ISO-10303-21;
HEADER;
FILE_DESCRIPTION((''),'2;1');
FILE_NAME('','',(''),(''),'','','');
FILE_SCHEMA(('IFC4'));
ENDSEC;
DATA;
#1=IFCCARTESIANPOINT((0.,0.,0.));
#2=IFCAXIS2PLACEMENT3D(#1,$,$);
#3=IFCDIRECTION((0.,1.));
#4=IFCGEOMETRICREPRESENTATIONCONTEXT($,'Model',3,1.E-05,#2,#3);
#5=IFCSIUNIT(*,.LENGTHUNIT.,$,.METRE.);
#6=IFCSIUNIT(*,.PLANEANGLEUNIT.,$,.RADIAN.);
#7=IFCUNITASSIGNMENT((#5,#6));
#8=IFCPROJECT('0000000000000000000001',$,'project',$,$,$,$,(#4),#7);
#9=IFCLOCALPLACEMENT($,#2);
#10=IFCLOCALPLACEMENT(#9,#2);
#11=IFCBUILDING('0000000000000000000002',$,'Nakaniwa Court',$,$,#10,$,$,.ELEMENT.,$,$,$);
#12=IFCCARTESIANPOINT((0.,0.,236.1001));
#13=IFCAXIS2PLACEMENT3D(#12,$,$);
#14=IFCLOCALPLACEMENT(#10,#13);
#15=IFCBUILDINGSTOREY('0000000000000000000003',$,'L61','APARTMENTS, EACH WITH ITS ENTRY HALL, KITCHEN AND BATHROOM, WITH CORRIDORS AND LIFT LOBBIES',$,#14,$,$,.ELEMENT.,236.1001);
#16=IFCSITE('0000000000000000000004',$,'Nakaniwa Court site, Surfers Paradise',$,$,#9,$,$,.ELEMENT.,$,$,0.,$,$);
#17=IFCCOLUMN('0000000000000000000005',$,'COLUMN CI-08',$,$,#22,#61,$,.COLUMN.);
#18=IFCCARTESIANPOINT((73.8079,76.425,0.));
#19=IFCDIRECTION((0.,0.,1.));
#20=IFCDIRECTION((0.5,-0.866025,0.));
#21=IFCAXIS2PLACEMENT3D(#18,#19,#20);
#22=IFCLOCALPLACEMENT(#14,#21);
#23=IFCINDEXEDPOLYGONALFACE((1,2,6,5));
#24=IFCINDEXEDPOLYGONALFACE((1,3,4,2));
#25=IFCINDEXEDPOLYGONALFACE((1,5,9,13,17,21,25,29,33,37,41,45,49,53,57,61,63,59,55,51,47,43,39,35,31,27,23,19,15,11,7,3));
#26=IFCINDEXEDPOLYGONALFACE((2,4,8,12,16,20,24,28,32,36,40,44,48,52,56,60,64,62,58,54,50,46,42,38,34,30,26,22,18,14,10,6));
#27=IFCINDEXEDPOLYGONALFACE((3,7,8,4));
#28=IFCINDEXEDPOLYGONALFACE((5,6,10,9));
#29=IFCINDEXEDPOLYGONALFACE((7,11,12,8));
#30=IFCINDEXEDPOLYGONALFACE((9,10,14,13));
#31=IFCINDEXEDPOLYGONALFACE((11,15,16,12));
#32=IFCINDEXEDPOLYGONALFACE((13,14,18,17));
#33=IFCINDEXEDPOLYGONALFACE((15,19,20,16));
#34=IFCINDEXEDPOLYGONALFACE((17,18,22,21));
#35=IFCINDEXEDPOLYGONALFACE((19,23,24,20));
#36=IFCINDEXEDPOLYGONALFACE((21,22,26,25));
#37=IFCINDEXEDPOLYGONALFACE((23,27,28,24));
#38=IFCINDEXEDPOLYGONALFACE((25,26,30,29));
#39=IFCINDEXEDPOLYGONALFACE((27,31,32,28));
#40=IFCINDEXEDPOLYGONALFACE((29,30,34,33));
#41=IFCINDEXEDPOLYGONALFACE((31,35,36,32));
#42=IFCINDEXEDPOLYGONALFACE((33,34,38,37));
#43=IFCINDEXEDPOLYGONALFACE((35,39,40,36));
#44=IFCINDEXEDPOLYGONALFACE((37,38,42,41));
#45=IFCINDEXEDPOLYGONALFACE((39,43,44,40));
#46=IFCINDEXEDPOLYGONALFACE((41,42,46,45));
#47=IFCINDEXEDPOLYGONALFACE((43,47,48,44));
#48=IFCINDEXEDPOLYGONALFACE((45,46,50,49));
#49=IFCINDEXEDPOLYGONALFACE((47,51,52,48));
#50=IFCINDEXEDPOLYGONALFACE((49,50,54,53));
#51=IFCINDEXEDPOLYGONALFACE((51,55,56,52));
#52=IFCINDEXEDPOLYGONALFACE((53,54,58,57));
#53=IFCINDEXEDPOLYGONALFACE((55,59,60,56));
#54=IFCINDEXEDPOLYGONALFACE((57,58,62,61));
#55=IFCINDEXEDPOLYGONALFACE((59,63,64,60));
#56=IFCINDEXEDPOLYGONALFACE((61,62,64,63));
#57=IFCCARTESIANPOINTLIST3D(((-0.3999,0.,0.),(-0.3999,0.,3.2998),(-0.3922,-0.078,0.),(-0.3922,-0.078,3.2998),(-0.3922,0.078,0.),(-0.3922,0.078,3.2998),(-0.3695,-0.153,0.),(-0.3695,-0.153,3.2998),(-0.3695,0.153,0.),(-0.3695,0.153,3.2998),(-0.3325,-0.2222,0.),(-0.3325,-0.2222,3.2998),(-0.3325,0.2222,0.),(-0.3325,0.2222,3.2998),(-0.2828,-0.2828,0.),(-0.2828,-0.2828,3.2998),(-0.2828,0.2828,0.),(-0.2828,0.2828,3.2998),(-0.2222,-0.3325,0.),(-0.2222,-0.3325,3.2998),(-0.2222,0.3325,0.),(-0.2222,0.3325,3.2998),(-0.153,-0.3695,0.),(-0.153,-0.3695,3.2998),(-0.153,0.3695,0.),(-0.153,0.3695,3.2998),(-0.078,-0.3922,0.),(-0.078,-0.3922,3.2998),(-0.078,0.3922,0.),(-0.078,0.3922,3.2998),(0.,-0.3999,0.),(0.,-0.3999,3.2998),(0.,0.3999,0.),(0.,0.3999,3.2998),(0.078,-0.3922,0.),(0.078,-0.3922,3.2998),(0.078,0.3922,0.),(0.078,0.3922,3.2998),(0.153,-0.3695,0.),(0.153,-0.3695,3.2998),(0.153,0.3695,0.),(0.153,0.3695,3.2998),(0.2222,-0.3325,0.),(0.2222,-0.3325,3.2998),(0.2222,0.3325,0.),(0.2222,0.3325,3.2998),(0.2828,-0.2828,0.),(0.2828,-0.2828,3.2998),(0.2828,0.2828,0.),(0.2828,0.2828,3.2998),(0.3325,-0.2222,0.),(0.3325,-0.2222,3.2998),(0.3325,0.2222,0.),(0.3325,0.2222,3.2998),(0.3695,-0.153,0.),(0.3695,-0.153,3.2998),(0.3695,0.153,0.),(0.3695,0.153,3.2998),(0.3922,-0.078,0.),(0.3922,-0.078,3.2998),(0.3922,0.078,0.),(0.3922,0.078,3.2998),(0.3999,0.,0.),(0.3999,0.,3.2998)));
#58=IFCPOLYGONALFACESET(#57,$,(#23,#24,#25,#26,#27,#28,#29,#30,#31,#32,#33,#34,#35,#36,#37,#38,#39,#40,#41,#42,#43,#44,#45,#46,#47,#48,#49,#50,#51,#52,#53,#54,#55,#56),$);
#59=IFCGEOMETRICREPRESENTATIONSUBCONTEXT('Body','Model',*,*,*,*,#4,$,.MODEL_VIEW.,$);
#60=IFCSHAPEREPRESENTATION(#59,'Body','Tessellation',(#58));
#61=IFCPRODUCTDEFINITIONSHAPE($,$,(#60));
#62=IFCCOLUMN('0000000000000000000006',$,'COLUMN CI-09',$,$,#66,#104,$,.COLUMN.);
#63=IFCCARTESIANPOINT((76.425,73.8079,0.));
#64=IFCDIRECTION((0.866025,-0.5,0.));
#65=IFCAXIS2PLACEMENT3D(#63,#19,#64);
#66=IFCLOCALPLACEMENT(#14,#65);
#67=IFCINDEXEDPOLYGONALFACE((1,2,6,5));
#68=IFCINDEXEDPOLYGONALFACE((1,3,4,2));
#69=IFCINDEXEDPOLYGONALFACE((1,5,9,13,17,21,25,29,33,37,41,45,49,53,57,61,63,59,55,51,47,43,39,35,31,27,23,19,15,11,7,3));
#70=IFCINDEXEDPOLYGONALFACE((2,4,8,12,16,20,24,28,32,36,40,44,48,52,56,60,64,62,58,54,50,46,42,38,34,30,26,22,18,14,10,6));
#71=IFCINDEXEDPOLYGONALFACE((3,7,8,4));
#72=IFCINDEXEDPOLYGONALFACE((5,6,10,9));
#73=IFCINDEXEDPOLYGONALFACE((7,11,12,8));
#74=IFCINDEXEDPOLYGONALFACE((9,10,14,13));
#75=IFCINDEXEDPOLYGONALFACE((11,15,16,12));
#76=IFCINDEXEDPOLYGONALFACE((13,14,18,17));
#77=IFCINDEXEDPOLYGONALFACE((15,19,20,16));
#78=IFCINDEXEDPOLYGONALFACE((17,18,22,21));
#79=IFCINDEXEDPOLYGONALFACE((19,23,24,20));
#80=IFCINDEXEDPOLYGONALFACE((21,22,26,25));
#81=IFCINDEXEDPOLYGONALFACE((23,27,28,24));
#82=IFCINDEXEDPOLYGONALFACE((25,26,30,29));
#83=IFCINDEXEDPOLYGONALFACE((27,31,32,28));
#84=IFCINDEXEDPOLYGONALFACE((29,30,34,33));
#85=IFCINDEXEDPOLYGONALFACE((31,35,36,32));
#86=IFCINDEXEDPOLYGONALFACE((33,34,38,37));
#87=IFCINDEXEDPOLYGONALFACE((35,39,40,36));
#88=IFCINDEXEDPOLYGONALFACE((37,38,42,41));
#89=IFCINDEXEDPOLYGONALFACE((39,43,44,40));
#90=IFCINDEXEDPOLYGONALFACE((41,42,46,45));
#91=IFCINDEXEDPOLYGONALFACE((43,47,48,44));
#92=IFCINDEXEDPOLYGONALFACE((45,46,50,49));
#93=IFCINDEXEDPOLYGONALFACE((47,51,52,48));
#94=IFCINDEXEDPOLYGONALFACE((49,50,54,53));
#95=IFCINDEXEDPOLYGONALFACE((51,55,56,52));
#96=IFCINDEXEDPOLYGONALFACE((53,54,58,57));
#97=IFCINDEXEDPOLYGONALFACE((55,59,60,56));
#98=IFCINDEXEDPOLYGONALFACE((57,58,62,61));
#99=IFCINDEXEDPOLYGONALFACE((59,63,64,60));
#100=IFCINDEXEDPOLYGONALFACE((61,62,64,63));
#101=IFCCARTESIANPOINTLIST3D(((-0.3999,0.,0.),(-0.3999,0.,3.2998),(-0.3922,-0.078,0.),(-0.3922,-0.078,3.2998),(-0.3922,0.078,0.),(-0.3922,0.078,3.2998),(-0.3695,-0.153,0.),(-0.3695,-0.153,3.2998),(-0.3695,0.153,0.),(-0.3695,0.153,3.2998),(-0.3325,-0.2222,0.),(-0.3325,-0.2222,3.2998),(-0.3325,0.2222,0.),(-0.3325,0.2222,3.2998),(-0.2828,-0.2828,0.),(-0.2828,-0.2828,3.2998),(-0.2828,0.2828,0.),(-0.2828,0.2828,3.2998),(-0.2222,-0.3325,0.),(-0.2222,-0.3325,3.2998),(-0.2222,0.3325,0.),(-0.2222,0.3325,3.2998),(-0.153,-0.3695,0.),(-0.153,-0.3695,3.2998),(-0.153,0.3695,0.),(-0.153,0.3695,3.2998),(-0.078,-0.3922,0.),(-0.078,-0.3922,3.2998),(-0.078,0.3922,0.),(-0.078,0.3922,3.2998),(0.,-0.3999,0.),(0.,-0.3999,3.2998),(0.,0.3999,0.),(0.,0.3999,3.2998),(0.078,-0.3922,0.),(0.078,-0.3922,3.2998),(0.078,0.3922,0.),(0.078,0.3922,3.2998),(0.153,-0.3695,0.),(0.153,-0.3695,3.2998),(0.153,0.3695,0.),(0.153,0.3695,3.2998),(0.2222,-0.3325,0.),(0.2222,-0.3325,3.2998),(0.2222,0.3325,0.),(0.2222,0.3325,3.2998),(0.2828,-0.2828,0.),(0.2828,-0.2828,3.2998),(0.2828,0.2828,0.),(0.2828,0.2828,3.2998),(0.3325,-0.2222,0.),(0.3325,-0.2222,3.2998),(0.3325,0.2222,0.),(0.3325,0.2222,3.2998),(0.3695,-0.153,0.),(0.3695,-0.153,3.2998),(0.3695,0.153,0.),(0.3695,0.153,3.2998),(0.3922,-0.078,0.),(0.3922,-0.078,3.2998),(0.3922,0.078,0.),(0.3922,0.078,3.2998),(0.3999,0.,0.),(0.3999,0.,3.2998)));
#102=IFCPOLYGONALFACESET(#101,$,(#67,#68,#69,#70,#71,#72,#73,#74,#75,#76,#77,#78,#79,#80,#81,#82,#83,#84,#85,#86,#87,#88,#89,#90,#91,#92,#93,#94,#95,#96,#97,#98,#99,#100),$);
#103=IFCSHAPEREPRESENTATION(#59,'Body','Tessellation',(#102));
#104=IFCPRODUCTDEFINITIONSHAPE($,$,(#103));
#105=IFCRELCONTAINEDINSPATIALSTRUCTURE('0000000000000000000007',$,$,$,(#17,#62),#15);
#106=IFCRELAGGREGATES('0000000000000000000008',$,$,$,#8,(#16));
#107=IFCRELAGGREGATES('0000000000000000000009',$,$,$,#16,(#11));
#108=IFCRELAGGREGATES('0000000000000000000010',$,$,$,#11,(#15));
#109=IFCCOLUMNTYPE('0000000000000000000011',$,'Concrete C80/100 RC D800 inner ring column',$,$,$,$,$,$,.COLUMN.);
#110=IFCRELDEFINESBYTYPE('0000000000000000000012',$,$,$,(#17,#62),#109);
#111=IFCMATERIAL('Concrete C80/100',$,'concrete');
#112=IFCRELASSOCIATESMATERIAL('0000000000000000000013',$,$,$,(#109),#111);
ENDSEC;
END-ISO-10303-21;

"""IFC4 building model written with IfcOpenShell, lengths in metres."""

from ifc_helpers import new_model, si_unit, direction, frame, origin, origin_2d, place, context, subcontext, project, spatial, circle, extrude, material, material_profile, profile_set, type_object, element, save


model = new_model("IFC4")

# Units and contexts
model_context = context("Model", 3, precision=1e-05, world=origin(), true_north=direction((0.0, 1.0)))
body_context = subcontext(model_context, "Body", "Model", "MODEL_VIEW")
ifc_project = project(units=[si_unit("LENGTHUNIT", "METRE"), si_unit("PLANEANGLEUNIT", "RADIAN")], contexts=[model_context])

# Site, building, storey
site_placement = place(None, origin())
site = spatial("IfcSite", under=ifc_project, at=site_placement, Name="Nakaniwa Court site, Surfers Paradise", CompositionType="ELEMENT", RefElevation=0.0)
building_placement = place(site_placement, origin())
building = spatial("IfcBuilding", under=site, at=building_placement, Name="Nakaniwa Court", CompositionType="ELEMENT")
storey_placement = place(building_placement, frame((0.0, 0.0, 236.1001)))
storey = spatial("IfcBuildingStorey", under=building, at=storey_placement, Name="L61", Description="APARTMENTS, EACH WITH ITS ENTRY HALL, KITCHEN AND BATHROOM, WITH CORRIDORS AND LIFT LOBBIES", CompositionType="ELEMENT", Elevation=236.1001)

# Columns
ifc_material_1 = material(Name="Concrete C80/100", Category="concrete")
ifc_material_profile_1 = material_profile(ifc_material_1, circle(Radius=0.3999, at=origin_2d()), Name="Concrete C80/100 RC D800 inner ring column")
ifc_profile_set_1 = profile_set([ifc_material_profile_1], Name="Concrete C80/100")
column_type_1 = type_object("IfcColumnType", Name="Concrete C80/100 RC D800 inner ring column", PredefinedType="COLUMN", material=ifc_profile_set_1)
for number, where, z_axis, x_axis, name in (
    (1, (73.8079, 76.425, 0.0), (0.0, 0.0, 1.0), (0.5, -0.866025, 0.0), "COLUMN CI-08"),
    (2, (76.425, 73.8079, 0.0), (0.0, 0.0, 1.0), (0.866025, -0.5, 0.0), "COLUMN CI-09"),
):
    element("IfcColumn", number, at=place(storey_placement, frame(where, z_axis=z_axis, x_axis=x_axis)), inside=storey, type_object=column_type_1, Name=name, PredefinedType="COLUMN", context=body_context, shape_type="SweptSolid", body=[
        extrude(circle(Radius=0.3999, at=origin_2d()), origin(), (0.0, 0.0, 1.0), 3.2998),
    ])

save(model, "model.ifc")
